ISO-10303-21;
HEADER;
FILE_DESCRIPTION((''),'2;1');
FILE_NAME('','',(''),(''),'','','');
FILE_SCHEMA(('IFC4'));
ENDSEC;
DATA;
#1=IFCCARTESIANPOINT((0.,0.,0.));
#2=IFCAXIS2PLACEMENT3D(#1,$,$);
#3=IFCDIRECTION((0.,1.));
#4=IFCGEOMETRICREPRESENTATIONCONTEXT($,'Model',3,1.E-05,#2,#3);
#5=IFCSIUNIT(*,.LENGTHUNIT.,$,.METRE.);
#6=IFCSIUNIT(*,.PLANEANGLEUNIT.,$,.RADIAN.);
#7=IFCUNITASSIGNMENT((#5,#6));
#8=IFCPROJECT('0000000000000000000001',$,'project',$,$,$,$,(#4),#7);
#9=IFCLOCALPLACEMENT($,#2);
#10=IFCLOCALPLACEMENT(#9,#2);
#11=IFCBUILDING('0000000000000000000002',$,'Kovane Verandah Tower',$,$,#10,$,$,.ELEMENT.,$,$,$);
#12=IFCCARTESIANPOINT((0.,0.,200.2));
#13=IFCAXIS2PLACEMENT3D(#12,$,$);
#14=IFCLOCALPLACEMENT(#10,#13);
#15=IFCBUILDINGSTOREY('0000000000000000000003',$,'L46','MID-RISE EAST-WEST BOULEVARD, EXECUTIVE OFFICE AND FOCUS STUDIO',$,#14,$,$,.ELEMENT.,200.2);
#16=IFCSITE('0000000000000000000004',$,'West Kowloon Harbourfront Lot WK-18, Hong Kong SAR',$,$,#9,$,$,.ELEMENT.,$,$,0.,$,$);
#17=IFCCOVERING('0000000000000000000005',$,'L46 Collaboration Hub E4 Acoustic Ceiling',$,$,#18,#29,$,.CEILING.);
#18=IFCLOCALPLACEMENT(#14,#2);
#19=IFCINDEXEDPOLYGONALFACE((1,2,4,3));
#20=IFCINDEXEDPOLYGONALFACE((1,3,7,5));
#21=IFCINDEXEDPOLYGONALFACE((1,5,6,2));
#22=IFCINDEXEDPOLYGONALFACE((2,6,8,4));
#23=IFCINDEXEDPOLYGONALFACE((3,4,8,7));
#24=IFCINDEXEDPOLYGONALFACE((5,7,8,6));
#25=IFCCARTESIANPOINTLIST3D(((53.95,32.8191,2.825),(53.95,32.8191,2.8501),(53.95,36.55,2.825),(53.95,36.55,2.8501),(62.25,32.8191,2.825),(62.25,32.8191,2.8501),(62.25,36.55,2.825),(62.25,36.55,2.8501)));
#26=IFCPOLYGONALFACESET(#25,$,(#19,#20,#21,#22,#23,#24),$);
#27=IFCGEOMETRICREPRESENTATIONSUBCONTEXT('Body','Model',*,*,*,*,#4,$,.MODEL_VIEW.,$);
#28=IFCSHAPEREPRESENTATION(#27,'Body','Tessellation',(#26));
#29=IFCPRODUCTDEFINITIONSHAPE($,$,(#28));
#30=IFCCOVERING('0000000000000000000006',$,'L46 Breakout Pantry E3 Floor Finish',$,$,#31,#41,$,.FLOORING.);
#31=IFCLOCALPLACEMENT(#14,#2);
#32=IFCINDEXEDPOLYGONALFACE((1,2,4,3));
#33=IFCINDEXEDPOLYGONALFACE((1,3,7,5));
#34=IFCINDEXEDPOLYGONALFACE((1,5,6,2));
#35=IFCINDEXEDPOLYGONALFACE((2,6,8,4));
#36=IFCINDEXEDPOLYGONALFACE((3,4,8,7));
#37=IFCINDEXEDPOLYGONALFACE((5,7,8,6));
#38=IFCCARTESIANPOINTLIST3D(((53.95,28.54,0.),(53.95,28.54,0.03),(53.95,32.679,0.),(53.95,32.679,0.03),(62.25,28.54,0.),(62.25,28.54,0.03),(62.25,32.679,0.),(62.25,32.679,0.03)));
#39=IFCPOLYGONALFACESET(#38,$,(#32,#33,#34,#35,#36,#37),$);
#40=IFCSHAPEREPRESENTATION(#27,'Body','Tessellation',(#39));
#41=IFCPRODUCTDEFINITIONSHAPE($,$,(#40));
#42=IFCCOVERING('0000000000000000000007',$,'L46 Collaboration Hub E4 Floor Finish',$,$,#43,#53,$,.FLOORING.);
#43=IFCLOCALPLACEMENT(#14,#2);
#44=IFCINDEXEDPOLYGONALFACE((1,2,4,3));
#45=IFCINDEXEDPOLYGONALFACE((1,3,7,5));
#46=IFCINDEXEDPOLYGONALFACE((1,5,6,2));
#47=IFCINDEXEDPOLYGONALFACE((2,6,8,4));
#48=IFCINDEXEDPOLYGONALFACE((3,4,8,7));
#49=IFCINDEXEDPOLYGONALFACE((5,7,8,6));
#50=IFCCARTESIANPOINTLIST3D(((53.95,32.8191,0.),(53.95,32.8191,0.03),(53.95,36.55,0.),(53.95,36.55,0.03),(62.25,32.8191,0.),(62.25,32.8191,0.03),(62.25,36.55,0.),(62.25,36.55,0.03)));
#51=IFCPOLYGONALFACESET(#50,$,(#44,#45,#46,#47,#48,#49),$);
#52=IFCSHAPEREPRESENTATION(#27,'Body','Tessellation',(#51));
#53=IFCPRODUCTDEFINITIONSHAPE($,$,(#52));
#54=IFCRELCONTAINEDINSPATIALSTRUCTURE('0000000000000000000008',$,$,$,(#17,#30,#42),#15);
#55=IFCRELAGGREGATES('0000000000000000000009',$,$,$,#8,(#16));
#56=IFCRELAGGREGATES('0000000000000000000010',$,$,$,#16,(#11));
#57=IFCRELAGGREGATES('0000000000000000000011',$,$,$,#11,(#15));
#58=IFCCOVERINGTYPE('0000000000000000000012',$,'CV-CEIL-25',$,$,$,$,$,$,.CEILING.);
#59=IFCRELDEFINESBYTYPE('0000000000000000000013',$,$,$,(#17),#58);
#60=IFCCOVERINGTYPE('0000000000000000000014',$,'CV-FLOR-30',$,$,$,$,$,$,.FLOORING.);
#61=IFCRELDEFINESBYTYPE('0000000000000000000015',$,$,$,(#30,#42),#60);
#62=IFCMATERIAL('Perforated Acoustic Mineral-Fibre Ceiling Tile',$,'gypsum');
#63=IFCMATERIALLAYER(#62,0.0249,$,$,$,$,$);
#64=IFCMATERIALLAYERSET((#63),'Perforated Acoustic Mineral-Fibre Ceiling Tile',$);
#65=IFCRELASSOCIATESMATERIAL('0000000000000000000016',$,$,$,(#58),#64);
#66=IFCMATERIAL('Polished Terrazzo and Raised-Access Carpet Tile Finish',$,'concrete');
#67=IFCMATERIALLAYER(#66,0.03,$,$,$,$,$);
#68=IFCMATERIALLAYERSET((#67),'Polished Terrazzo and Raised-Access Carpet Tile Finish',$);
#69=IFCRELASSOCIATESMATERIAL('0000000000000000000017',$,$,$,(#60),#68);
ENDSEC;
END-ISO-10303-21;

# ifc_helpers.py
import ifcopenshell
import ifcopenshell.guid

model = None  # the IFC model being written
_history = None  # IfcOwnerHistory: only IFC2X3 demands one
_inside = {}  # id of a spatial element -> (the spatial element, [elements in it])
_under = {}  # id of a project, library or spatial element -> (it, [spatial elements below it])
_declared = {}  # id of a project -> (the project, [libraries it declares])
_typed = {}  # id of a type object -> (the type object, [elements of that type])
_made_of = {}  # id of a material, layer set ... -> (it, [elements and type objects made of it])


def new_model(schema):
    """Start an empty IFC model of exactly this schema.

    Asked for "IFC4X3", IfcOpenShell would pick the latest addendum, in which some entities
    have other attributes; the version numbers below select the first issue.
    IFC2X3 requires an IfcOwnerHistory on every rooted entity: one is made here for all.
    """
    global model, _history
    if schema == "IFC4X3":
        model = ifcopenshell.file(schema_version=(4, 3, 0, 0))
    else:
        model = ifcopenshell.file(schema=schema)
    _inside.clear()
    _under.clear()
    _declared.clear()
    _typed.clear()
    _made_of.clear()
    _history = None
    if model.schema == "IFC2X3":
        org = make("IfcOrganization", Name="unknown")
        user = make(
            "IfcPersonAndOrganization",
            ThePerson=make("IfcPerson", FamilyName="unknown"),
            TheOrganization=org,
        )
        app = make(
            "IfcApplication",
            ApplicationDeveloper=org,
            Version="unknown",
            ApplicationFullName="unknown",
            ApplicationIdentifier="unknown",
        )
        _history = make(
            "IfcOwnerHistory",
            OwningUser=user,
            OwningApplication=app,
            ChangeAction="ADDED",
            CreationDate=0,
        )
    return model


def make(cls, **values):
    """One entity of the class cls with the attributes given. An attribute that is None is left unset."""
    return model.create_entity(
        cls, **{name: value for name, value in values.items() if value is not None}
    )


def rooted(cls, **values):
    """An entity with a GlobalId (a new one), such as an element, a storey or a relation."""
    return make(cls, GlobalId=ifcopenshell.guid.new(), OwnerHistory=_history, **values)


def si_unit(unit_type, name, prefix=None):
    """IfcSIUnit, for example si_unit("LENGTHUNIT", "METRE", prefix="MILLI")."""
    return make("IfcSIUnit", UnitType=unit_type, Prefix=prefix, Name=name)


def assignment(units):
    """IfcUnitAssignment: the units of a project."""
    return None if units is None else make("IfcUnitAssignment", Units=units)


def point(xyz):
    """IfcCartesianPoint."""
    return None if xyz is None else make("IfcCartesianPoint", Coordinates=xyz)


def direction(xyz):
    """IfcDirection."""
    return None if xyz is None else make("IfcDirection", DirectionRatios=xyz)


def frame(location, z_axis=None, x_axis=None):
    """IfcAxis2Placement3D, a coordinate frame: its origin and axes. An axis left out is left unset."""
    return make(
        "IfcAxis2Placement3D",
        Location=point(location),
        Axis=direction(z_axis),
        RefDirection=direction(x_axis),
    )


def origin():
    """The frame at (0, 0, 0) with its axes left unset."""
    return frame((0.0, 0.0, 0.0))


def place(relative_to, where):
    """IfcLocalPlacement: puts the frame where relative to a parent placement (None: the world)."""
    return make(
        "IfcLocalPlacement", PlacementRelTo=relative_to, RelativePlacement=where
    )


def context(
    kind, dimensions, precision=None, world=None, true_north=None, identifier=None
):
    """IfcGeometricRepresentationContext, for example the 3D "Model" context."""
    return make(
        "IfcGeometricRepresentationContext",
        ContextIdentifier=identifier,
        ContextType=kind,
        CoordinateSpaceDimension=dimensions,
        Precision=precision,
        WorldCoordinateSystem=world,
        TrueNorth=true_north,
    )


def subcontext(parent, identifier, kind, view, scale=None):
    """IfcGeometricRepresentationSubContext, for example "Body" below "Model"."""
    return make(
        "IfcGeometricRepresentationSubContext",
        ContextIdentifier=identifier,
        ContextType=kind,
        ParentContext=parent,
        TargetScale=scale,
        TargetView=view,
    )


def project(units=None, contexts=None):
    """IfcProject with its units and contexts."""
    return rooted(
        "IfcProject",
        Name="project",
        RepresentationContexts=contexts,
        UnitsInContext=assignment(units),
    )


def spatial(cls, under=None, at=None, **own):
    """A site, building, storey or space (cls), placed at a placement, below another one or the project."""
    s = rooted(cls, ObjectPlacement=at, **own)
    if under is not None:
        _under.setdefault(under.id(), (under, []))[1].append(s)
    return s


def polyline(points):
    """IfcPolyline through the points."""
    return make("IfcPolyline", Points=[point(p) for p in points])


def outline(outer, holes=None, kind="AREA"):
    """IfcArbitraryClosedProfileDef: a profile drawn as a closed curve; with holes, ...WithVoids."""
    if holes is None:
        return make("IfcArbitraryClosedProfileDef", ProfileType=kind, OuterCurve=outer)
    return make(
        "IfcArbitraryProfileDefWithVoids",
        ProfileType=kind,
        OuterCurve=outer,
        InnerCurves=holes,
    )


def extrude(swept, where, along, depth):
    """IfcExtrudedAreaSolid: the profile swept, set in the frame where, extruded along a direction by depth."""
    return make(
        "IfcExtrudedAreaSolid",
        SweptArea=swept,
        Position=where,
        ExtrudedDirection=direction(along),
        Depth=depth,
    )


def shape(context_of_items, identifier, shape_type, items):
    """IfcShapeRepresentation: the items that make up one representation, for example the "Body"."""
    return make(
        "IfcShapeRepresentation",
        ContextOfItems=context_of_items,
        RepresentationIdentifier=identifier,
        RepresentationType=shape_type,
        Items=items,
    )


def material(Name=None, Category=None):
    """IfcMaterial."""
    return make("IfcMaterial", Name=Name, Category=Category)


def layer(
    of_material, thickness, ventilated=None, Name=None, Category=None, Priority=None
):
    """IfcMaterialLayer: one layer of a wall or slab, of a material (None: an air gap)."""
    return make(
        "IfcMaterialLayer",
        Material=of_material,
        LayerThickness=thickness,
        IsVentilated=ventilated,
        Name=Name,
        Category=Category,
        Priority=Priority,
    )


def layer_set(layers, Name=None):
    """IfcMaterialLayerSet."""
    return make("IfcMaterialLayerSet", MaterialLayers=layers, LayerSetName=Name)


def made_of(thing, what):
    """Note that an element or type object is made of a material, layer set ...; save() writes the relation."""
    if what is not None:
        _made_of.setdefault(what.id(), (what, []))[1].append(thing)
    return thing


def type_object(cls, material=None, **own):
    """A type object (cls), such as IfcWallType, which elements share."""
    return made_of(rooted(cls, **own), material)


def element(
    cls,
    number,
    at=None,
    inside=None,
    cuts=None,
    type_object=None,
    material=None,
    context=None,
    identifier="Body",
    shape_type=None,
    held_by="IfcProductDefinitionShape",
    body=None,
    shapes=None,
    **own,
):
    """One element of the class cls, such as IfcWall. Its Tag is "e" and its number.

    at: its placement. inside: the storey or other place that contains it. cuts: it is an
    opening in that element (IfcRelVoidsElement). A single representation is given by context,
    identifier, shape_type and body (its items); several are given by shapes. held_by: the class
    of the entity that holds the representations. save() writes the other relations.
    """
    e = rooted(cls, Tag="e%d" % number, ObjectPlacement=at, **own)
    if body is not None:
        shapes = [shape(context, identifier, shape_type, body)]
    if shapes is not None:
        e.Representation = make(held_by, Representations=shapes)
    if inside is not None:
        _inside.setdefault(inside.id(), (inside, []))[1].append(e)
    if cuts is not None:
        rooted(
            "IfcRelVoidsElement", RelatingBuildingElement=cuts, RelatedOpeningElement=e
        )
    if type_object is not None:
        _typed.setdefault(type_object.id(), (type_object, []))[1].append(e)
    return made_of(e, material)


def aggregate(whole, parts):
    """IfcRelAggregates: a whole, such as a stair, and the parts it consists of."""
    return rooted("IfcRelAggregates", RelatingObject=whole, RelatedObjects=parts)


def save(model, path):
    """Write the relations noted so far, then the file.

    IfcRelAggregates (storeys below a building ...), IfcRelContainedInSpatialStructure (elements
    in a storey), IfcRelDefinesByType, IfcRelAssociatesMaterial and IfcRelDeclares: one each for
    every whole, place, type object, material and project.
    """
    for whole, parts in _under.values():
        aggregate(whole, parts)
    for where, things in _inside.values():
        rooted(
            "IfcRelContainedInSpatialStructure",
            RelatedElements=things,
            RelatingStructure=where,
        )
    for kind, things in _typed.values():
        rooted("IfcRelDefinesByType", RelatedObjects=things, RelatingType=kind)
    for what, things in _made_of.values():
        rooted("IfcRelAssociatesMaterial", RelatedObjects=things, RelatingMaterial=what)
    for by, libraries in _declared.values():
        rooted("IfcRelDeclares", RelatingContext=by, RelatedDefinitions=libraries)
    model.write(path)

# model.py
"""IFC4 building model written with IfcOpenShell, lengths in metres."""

from ifc_helpers import new_model, si_unit, direction, frame, origin, place, context, subcontext, project, spatial, polyline, outline, extrude, material, layer, layer_set, type_object, element, save


model = new_model("IFC4")

# Units and contexts
model_context = context("Model", 3, precision=1e-05, world=origin(), true_north=direction((0.0, 1.0)))
body_context = subcontext(model_context, "Body", "Model", "MODEL_VIEW")
ifc_project = project(units=[si_unit("LENGTHUNIT", "METRE"), si_unit("PLANEANGLEUNIT", "RADIAN")], contexts=[model_context])

# Site, building, storey
site_placement = place(None, origin())
site = spatial("IfcSite", under=ifc_project, at=site_placement, Name="West Kowloon Harbourfront Lot WK-18, Hong Kong SAR", CompositionType="ELEMENT", RefElevation=0.0)
building_placement = place(site_placement, origin())
building = spatial("IfcBuilding", under=site, at=building_placement, Name="Kovane Verandah Tower", CompositionType="ELEMENT")
storey_placement = place(building_placement, frame((0.0, 0.0, 200.2)))
storey = spatial("IfcBuildingStorey", under=building, at=storey_placement, Name="L46", Description="MID-RISE EAST-WEST BOULEVARD, EXECUTIVE OFFICE AND FOCUS STUDIO", CompositionType="ELEMENT", Elevation=200.2)

# Coverings
ifc_material_1 = material(Name="Perforated Acoustic Mineral-Fibre Ceiling Tile", Category="gypsum")
ifc_layer_1 = layer(ifc_material_1, 0.0249)
ifc_layer_set_1 = layer_set([ifc_layer_1], Name="Perforated Acoustic Mineral-Fibre Ceiling Tile")
covering_type_1 = type_object("IfcCoveringType", Name="CV-CEIL-25", PredefinedType="CEILING", material=ifc_layer_set_1)
covering_1_placement = place(storey_placement, frame((0.0, 0.0, 2.825)))
element("IfcCovering", 1, at=covering_1_placement, inside=storey, type_object=covering_type_1, Name="L46 Collaboration Hub E4 Acoustic Ceiling", PredefinedType="CEILING", context=body_context, shape_type="SweptSolid", body=[
    extrude(outline(polyline([(53.95, 32.8191), (62.25, 32.8191), (62.25, 36.55), (53.95, 36.55), (53.95, 32.8191)])), origin(), (0.0, 0.0, 1.0), 0.0251),
])
ifc_material_2 = material(Name="Polished Terrazzo and Raised-Access Carpet Tile Finish", Category="concrete")
ifc_layer_2 = layer(ifc_material_2, 0.03)
ifc_layer_set_2 = layer_set([ifc_layer_2], Name="Polished Terrazzo and Raised-Access Carpet Tile Finish")
covering_type_2 = type_object("IfcCoveringType", Name="CV-FLOR-30", PredefinedType="FLOORING", material=ifc_layer_set_2)
covering_2_placement = place(storey_placement, origin())
element("IfcCovering", 2, at=covering_2_placement, inside=storey, type_object=covering_type_2, Name="L46 Breakout Pantry E3 Floor Finish", PredefinedType="FLOORING", context=body_context, shape_type="SweptSolid", body=[
    extrude(outline(polyline([(53.95, 28.54), (62.25, 28.54), (62.25, 32.679), (53.95, 32.679), (53.95, 28.54)])), origin(), (0.0, 0.0, 1.0), 0.03),
])
covering_3_placement = place(storey_placement, origin())
element("IfcCovering", 3, at=covering_3_placement, inside=storey, type_object=covering_type_2, Name="L46 Collaboration Hub E4 Floor Finish", PredefinedType="FLOORING", context=body_context, shape_type="SweptSolid", body=[
    extrude(outline(polyline([(53.95, 32.8191), (62.25, 32.8191), (62.25, 36.55), (53.95, 36.55), (53.95, 32.8191)])), origin(), (0.0, 0.0, 1.0), 0.03),
])

save(model, "model.ifc")
